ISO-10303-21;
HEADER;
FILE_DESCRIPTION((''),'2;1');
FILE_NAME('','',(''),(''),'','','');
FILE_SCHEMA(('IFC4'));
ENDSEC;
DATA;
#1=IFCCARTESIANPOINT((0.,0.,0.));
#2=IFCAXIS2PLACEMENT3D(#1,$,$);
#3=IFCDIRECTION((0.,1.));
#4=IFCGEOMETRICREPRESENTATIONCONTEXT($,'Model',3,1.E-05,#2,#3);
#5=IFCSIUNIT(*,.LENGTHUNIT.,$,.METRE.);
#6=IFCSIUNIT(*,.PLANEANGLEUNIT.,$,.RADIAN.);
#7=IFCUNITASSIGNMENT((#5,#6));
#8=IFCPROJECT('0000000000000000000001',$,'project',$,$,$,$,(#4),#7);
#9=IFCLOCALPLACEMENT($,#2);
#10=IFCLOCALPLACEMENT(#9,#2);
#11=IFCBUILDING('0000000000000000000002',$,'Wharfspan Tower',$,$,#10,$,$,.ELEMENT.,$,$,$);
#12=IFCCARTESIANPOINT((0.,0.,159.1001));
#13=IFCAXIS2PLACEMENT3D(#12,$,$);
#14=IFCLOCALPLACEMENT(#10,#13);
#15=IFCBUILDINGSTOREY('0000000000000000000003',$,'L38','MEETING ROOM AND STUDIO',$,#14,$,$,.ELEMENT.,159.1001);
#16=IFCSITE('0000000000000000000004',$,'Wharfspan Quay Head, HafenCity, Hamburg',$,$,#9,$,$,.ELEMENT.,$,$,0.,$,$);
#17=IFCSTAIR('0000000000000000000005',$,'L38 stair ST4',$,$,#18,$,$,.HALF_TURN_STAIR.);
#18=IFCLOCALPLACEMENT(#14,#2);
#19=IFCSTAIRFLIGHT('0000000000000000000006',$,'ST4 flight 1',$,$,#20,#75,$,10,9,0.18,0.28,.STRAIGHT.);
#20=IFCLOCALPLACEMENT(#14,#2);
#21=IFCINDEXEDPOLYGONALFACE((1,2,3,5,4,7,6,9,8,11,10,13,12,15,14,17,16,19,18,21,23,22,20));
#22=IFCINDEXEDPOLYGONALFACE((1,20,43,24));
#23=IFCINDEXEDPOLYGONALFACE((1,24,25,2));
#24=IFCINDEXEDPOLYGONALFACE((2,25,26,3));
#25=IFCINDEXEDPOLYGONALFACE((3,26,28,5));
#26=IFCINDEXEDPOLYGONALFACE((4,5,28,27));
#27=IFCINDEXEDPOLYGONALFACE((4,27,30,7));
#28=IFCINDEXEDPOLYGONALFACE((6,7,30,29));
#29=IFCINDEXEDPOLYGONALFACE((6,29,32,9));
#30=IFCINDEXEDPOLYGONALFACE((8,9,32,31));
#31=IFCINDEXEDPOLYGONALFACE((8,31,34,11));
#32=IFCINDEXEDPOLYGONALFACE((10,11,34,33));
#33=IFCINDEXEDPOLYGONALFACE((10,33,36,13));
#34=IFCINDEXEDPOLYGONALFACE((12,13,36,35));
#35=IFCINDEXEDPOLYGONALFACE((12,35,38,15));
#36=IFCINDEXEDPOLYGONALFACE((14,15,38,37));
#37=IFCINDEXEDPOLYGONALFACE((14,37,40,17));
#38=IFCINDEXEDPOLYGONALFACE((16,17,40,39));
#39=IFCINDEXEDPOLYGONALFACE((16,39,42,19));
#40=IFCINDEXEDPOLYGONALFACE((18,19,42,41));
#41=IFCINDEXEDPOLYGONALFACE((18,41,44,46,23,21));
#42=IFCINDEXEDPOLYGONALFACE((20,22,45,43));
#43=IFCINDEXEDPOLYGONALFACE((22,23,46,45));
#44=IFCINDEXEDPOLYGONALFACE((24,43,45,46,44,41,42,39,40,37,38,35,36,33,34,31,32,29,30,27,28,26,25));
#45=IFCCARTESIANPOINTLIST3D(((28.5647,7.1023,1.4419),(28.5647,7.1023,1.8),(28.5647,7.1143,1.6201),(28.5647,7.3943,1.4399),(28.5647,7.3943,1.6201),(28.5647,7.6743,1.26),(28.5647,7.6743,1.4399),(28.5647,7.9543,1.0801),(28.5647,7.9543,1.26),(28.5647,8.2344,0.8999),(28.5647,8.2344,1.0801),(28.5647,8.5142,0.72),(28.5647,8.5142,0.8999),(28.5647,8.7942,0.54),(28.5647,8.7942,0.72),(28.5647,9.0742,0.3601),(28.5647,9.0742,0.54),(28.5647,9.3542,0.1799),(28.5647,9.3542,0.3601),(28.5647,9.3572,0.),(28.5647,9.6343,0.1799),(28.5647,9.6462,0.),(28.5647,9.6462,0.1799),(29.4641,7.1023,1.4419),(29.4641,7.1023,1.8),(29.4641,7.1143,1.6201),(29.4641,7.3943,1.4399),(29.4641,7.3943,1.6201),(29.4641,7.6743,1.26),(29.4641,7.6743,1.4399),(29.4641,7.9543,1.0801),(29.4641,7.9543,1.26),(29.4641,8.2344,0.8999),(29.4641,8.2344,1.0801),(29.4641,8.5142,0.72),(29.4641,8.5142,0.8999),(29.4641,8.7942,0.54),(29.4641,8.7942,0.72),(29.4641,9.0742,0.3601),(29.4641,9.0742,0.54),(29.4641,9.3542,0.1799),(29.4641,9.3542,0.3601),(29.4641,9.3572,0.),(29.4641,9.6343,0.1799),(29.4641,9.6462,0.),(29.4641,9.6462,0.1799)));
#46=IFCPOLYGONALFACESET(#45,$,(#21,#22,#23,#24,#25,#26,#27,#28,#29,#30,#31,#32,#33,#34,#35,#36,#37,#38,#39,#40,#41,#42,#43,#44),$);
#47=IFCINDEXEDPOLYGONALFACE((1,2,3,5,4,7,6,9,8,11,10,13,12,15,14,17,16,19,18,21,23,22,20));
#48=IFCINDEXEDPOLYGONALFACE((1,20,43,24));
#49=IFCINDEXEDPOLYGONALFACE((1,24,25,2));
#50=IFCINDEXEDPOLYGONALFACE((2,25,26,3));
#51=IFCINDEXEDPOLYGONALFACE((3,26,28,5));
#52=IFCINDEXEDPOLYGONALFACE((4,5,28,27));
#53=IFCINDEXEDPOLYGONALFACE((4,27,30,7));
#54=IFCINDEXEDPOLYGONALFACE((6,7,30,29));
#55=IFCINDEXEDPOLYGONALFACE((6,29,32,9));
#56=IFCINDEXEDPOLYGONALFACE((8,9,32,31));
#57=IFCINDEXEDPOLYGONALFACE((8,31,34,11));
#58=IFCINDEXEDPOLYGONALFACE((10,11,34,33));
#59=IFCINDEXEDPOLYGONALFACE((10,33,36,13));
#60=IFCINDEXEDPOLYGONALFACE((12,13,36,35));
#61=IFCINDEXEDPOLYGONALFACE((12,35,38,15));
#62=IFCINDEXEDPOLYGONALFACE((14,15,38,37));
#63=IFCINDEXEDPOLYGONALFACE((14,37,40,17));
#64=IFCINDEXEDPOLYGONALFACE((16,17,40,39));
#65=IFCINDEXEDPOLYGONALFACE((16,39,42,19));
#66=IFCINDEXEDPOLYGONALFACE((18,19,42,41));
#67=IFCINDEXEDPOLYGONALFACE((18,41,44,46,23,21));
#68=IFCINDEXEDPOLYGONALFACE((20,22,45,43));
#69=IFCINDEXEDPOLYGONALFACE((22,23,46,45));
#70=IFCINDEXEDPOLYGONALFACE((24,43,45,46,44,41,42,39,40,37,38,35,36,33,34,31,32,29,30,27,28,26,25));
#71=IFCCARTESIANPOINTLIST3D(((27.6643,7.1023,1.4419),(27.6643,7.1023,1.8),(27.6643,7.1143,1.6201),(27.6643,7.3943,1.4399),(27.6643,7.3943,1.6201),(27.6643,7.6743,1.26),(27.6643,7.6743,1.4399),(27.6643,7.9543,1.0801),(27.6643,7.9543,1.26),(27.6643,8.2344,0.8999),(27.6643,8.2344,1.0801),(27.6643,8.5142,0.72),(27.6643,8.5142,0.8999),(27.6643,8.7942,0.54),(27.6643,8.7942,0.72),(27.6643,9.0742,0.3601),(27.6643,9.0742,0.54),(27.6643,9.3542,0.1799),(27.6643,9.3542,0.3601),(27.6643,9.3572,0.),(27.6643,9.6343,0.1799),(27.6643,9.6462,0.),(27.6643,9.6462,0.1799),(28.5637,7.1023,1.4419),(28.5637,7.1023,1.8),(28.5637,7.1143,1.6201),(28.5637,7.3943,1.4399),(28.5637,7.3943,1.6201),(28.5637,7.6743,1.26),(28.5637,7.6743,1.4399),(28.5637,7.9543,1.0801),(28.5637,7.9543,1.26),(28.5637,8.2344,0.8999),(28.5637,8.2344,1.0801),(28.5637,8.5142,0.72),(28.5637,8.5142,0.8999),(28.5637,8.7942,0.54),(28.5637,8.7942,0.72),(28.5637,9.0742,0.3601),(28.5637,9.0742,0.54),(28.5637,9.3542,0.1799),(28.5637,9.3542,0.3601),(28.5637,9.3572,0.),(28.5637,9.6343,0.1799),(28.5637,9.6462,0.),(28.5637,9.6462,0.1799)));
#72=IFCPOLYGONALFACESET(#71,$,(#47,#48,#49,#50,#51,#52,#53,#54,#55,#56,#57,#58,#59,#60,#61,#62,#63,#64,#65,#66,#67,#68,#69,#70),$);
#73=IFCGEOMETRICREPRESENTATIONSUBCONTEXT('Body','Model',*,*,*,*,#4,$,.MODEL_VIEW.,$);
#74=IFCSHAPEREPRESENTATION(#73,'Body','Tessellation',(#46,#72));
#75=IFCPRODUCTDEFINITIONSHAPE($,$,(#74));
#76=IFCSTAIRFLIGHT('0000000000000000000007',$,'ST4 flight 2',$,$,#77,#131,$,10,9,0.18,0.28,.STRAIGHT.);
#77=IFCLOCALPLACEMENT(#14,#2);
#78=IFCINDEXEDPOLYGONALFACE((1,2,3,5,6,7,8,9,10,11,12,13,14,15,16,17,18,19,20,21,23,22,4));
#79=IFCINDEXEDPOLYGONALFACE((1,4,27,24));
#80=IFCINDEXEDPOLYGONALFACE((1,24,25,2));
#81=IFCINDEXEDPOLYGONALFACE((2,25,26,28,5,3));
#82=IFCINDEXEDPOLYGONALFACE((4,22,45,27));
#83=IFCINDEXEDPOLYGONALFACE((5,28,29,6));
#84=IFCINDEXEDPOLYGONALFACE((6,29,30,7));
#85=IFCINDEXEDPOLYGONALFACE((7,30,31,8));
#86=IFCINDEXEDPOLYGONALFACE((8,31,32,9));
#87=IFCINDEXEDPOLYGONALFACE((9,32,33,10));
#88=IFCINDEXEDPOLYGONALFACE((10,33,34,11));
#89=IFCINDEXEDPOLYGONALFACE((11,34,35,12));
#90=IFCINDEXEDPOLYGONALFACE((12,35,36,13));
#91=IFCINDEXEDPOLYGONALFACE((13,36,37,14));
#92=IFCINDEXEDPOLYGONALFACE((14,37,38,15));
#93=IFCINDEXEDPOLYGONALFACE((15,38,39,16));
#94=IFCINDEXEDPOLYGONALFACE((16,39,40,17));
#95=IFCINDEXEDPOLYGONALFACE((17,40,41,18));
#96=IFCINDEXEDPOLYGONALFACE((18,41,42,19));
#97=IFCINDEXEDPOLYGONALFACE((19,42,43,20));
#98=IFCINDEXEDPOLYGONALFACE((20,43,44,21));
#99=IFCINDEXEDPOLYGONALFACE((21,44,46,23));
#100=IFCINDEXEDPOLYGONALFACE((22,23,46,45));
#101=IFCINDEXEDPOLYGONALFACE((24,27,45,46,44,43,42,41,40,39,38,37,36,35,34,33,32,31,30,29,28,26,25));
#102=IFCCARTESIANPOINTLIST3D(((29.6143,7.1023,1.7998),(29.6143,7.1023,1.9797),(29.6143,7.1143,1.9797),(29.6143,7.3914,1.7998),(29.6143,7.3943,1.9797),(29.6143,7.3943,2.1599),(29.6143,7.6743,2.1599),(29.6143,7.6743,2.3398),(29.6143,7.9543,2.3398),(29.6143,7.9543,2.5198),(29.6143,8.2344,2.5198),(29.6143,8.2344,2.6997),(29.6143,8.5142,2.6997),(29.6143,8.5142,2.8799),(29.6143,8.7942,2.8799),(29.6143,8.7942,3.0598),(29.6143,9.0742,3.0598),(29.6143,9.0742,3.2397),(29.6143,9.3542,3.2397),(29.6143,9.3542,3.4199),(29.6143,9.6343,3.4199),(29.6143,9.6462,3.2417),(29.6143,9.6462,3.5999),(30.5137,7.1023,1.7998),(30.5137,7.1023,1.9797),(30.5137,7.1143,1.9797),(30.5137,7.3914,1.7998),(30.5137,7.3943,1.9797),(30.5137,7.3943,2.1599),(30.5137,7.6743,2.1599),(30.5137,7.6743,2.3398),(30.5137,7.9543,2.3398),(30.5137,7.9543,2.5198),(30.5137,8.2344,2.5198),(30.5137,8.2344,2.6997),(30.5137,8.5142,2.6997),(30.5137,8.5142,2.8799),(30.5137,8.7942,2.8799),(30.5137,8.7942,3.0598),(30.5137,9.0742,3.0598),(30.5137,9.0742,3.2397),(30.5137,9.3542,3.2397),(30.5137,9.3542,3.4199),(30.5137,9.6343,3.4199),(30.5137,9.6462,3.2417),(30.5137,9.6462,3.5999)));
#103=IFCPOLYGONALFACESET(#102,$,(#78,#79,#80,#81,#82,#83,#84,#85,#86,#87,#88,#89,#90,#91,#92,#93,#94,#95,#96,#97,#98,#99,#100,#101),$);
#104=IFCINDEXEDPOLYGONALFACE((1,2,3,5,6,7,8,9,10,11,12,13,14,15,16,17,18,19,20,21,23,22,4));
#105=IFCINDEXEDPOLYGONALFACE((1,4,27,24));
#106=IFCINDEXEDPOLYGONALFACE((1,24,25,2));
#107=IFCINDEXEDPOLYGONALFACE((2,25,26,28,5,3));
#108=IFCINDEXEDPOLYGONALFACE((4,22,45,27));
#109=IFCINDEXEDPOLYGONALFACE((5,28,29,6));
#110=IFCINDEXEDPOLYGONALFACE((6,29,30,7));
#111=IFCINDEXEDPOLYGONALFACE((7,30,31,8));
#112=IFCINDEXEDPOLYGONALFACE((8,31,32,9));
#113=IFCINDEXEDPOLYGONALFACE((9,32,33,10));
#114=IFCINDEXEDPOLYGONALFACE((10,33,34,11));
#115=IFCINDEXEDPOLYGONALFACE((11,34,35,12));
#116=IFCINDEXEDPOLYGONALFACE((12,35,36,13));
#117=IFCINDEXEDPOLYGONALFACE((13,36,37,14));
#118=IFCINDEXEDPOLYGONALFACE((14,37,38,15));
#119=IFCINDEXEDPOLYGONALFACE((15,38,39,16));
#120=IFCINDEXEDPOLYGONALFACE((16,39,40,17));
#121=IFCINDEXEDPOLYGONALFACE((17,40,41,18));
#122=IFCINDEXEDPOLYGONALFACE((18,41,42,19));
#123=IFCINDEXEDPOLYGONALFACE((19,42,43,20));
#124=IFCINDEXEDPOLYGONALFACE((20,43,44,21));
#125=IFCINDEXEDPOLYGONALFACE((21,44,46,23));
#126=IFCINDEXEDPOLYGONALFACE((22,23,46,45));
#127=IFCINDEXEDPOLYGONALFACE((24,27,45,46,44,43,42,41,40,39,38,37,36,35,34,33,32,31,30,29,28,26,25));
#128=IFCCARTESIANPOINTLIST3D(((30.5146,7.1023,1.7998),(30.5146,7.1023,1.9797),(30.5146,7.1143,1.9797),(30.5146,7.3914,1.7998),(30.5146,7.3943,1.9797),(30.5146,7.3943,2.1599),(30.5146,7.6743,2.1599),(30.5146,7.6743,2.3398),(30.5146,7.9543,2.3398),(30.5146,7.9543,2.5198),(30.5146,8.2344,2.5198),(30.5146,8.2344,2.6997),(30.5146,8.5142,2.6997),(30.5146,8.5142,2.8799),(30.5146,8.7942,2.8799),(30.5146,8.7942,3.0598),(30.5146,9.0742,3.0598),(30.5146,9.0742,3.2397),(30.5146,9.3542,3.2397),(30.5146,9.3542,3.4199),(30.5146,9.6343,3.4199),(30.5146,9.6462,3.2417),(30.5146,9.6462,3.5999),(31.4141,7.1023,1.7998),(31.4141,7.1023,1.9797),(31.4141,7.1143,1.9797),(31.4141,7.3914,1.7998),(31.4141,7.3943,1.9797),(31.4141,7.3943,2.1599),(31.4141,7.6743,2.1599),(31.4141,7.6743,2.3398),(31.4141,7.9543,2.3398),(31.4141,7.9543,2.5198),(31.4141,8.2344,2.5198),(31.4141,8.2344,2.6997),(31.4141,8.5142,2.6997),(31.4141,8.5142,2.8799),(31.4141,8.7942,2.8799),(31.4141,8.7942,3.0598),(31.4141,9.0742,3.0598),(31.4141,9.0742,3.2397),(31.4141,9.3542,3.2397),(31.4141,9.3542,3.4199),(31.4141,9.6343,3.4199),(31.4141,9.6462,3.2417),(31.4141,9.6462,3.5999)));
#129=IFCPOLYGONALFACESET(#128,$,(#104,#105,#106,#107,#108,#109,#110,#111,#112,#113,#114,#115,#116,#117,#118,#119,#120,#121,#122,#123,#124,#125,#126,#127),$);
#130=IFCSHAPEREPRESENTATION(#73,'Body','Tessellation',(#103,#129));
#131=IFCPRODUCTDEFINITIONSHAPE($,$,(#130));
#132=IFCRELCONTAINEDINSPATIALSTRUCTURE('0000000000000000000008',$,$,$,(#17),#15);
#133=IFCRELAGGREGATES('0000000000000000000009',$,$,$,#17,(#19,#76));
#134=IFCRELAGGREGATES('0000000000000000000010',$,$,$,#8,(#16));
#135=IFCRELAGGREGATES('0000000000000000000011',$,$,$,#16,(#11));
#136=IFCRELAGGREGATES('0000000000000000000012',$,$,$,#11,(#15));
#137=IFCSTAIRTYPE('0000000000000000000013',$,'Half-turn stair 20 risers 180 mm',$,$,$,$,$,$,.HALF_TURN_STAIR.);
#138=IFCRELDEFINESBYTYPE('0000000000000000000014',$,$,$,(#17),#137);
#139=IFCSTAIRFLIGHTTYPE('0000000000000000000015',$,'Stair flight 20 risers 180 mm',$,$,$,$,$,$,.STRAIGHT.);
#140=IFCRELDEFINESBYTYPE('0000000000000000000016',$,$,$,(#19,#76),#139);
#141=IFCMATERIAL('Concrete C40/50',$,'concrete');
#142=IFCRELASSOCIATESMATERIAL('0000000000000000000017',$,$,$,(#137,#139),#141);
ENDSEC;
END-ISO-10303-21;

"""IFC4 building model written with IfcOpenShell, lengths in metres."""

from ifc_helpers import new_model, si_unit, direction, frame, origin, place, context, subcontext, project, spatial, polyline, outline, extrude, material, type_object, element, aggregate, save


model = new_model("IFC4")

# Units and contexts
model_context = context("Model", 3, precision=1e-05, world=origin(), true_north=direction((0.0, 1.0)))
body_context = subcontext(model_context, "Body", "Model", "MODEL_VIEW")
ifc_project = project(units=[si_unit("LENGTHUNIT", "METRE"), si_unit("PLANEANGLEUNIT", "RADIAN")], contexts=[model_context])

# Site, building, storey
site_placement = place(None, origin())
site = spatial("IfcSite", under=ifc_project, at=site_placement, Name="Wharfspan Quay Head, HafenCity, Hamburg", CompositionType="ELEMENT", RefElevation=0.0)
building_placement = place(site_placement, origin())
building = spatial("IfcBuilding", under=site, at=building_placement, Name="Wharfspan Tower", CompositionType="ELEMENT")
storey_placement = place(building_placement, frame((0.0, 0.0, 159.1001)))
storey = spatial("IfcBuildingStorey", under=building, at=storey_placement, Name="L38", Description="MEETING ROOM AND STUDIO", CompositionType="ELEMENT", Elevation=159.1001)

# Shared definitions
ifc_material_1 = material(Name="Concrete C40/50", Category="concrete")

# Stair, stair flights
stair_type = type_object("IfcStairType", Name="Half-turn stair 20 risers 180 mm", PredefinedType="HALF_TURN_STAIR", material=ifc_material_1)
stair_placement = place(storey_placement, origin())
stair = element("IfcStair", 1, at=stair_placement, inside=storey, type_object=stair_type, Name="L38 stair ST4", PredefinedType="HALF_TURN_STAIR")
stair_flight_type = type_object("IfcStairFlightType", Name="Stair flight 20 risers 180 mm", PredefinedType="STRAIGHT", material=ifc_material_1)
stair_flight_1_placement = place(storey_placement, frame((28.5642, 9.6343, 0.0), z_axis=(0.0, 0.0, 1.0), x_axis=(0.0, -1.0, 0.0)))
stair_flight_1 = element("IfcStairFlight", 2, at=stair_flight_1_placement, type_object=stair_flight_type, Name="ST4 flight 1", NumberOfRisers=10, NumberOfTreads=9, PredefinedType="STRAIGHT", RiserHeight=0.18, TreadLength=0.28, context=body_context, shape_type="SweptSolid", body=[
    extrude(outline(polyline([(-0.012, 0.0), (-0.012, 0.1799), (0.0, 0.1799), (0.28, 0.1799), (0.28, 0.3601), (0.5601, 0.3601), (0.5601, 0.54), (0.8401, 0.54), (0.8401, 0.72), (1.1201, 0.72), (1.1201, 0.8999), (1.3999, 0.8999), (1.3999, 1.0801), (1.6799, 1.0801), (1.6799, 1.26), (1.96, 1.26), (1.96, 1.4399), (2.24, 1.4399), (2.24, 1.6201), (2.52, 1.6201), (2.532, 1.8), (2.532, 1.4419), (0.2771, 0.0), (-0.012, 0.0)])), frame((0.0, 0.8999, 0.0), z_axis=(0.0, -1.0, 0.0), x_axis=(1.0, 0.0, 0.0)), (0.0, 0.0, 1.0), 0.8994),
    extrude(outline(polyline([(-0.012, 0.0), (-0.012, 0.1799), (0.0, 0.1799), (0.28, 0.1799), (0.28, 0.3601), (0.5601, 0.3601), (0.5601, 0.54), (0.8401, 0.54), (0.8401, 0.72), (1.1201, 0.72), (1.1201, 0.8999), (1.3999, 0.8999), (1.3999, 1.0801), (1.6799, 1.0801), (1.6799, 1.26), (1.96, 1.26), (1.96, 1.4399), (2.24, 1.4399), (2.24, 1.6201), (2.52, 1.6201), (2.532, 1.8), (2.532, 1.4419), (0.2771, 0.0), (-0.012, 0.0)])), frame((0.0, -0.0005, 0.0), z_axis=(0.0, -1.0, 0.0), x_axis=(1.0, 0.0, 0.0)), (0.0, 0.0, 1.0), 0.8994),
])
stair_flight_2_placement = place(storey_placement, frame((30.5142, 7.1143, 1.7998), z_axis=(0.0, 0.0, 1.0), x_axis=(0.0, 1.0, 0.0)))
stair_flight_2 = element("IfcStairFlight", 3, at=stair_flight_2_placement, type_object=stair_flight_type, Name="ST4 flight 2", NumberOfRisers=10, NumberOfTreads=9, PredefinedType="STRAIGHT", RiserHeight=0.18, TreadLength=0.28, context=body_context, shape_type="SweptSolid", body=[
    extrude(outline(polyline([(-0.012, 0.0), (-0.012, 0.1799), (0.0, 0.1799), (0.28, 0.1799), (0.28, 0.3601), (0.5601, 0.3601), (0.5601, 0.54), (0.8401, 0.54), (0.8401, 0.72), (1.1201, 0.72), (1.1201, 0.8999), (1.3999, 0.8999), (1.3999, 1.0801), (1.6799, 1.0801), (1.6799, 1.26), (1.96, 1.26), (1.96, 1.4399), (2.24, 1.4399), (2.24, 1.6201), (2.52, 1.6201), (2.532, 1.8), (2.532, 1.4419), (0.2771, 0.0), (-0.012, 0.0)])), frame((0.0, 0.8999, 0.0), z_axis=(0.0, -1.0, 0.0), x_axis=(1.0, 0.0, 0.0)), (0.0, 0.0, 1.0), 0.8994),
    extrude(outline(polyline([(-0.012, 0.0), (-0.012, 0.1799), (0.0, 0.1799), (0.28, 0.1799), (0.28, 0.3601), (0.5601, 0.3601), (0.5601, 0.54), (0.8401, 0.54), (0.8401, 0.72), (1.1201, 0.72), (1.1201, 0.8999), (1.3999, 0.8999), (1.3999, 1.0801), (1.6799, 1.0801), (1.6799, 1.26), (1.96, 1.26), (1.96, 1.4399), (2.24, 1.4399), (2.24, 1.6201), (2.52, 1.6201), (2.532, 1.8), (2.532, 1.4419), (0.2771, 0.0), (-0.012, 0.0)])), frame((0.0, -0.0005, 0.0), z_axis=(0.0, -1.0, 0.0), x_axis=(1.0, 0.0, 0.0)), (0.0, 0.0, 1.0), 0.8994),
])
aggregate(stair, [stair_flight_1, stair_flight_2])

save(model, "model.ifc")
